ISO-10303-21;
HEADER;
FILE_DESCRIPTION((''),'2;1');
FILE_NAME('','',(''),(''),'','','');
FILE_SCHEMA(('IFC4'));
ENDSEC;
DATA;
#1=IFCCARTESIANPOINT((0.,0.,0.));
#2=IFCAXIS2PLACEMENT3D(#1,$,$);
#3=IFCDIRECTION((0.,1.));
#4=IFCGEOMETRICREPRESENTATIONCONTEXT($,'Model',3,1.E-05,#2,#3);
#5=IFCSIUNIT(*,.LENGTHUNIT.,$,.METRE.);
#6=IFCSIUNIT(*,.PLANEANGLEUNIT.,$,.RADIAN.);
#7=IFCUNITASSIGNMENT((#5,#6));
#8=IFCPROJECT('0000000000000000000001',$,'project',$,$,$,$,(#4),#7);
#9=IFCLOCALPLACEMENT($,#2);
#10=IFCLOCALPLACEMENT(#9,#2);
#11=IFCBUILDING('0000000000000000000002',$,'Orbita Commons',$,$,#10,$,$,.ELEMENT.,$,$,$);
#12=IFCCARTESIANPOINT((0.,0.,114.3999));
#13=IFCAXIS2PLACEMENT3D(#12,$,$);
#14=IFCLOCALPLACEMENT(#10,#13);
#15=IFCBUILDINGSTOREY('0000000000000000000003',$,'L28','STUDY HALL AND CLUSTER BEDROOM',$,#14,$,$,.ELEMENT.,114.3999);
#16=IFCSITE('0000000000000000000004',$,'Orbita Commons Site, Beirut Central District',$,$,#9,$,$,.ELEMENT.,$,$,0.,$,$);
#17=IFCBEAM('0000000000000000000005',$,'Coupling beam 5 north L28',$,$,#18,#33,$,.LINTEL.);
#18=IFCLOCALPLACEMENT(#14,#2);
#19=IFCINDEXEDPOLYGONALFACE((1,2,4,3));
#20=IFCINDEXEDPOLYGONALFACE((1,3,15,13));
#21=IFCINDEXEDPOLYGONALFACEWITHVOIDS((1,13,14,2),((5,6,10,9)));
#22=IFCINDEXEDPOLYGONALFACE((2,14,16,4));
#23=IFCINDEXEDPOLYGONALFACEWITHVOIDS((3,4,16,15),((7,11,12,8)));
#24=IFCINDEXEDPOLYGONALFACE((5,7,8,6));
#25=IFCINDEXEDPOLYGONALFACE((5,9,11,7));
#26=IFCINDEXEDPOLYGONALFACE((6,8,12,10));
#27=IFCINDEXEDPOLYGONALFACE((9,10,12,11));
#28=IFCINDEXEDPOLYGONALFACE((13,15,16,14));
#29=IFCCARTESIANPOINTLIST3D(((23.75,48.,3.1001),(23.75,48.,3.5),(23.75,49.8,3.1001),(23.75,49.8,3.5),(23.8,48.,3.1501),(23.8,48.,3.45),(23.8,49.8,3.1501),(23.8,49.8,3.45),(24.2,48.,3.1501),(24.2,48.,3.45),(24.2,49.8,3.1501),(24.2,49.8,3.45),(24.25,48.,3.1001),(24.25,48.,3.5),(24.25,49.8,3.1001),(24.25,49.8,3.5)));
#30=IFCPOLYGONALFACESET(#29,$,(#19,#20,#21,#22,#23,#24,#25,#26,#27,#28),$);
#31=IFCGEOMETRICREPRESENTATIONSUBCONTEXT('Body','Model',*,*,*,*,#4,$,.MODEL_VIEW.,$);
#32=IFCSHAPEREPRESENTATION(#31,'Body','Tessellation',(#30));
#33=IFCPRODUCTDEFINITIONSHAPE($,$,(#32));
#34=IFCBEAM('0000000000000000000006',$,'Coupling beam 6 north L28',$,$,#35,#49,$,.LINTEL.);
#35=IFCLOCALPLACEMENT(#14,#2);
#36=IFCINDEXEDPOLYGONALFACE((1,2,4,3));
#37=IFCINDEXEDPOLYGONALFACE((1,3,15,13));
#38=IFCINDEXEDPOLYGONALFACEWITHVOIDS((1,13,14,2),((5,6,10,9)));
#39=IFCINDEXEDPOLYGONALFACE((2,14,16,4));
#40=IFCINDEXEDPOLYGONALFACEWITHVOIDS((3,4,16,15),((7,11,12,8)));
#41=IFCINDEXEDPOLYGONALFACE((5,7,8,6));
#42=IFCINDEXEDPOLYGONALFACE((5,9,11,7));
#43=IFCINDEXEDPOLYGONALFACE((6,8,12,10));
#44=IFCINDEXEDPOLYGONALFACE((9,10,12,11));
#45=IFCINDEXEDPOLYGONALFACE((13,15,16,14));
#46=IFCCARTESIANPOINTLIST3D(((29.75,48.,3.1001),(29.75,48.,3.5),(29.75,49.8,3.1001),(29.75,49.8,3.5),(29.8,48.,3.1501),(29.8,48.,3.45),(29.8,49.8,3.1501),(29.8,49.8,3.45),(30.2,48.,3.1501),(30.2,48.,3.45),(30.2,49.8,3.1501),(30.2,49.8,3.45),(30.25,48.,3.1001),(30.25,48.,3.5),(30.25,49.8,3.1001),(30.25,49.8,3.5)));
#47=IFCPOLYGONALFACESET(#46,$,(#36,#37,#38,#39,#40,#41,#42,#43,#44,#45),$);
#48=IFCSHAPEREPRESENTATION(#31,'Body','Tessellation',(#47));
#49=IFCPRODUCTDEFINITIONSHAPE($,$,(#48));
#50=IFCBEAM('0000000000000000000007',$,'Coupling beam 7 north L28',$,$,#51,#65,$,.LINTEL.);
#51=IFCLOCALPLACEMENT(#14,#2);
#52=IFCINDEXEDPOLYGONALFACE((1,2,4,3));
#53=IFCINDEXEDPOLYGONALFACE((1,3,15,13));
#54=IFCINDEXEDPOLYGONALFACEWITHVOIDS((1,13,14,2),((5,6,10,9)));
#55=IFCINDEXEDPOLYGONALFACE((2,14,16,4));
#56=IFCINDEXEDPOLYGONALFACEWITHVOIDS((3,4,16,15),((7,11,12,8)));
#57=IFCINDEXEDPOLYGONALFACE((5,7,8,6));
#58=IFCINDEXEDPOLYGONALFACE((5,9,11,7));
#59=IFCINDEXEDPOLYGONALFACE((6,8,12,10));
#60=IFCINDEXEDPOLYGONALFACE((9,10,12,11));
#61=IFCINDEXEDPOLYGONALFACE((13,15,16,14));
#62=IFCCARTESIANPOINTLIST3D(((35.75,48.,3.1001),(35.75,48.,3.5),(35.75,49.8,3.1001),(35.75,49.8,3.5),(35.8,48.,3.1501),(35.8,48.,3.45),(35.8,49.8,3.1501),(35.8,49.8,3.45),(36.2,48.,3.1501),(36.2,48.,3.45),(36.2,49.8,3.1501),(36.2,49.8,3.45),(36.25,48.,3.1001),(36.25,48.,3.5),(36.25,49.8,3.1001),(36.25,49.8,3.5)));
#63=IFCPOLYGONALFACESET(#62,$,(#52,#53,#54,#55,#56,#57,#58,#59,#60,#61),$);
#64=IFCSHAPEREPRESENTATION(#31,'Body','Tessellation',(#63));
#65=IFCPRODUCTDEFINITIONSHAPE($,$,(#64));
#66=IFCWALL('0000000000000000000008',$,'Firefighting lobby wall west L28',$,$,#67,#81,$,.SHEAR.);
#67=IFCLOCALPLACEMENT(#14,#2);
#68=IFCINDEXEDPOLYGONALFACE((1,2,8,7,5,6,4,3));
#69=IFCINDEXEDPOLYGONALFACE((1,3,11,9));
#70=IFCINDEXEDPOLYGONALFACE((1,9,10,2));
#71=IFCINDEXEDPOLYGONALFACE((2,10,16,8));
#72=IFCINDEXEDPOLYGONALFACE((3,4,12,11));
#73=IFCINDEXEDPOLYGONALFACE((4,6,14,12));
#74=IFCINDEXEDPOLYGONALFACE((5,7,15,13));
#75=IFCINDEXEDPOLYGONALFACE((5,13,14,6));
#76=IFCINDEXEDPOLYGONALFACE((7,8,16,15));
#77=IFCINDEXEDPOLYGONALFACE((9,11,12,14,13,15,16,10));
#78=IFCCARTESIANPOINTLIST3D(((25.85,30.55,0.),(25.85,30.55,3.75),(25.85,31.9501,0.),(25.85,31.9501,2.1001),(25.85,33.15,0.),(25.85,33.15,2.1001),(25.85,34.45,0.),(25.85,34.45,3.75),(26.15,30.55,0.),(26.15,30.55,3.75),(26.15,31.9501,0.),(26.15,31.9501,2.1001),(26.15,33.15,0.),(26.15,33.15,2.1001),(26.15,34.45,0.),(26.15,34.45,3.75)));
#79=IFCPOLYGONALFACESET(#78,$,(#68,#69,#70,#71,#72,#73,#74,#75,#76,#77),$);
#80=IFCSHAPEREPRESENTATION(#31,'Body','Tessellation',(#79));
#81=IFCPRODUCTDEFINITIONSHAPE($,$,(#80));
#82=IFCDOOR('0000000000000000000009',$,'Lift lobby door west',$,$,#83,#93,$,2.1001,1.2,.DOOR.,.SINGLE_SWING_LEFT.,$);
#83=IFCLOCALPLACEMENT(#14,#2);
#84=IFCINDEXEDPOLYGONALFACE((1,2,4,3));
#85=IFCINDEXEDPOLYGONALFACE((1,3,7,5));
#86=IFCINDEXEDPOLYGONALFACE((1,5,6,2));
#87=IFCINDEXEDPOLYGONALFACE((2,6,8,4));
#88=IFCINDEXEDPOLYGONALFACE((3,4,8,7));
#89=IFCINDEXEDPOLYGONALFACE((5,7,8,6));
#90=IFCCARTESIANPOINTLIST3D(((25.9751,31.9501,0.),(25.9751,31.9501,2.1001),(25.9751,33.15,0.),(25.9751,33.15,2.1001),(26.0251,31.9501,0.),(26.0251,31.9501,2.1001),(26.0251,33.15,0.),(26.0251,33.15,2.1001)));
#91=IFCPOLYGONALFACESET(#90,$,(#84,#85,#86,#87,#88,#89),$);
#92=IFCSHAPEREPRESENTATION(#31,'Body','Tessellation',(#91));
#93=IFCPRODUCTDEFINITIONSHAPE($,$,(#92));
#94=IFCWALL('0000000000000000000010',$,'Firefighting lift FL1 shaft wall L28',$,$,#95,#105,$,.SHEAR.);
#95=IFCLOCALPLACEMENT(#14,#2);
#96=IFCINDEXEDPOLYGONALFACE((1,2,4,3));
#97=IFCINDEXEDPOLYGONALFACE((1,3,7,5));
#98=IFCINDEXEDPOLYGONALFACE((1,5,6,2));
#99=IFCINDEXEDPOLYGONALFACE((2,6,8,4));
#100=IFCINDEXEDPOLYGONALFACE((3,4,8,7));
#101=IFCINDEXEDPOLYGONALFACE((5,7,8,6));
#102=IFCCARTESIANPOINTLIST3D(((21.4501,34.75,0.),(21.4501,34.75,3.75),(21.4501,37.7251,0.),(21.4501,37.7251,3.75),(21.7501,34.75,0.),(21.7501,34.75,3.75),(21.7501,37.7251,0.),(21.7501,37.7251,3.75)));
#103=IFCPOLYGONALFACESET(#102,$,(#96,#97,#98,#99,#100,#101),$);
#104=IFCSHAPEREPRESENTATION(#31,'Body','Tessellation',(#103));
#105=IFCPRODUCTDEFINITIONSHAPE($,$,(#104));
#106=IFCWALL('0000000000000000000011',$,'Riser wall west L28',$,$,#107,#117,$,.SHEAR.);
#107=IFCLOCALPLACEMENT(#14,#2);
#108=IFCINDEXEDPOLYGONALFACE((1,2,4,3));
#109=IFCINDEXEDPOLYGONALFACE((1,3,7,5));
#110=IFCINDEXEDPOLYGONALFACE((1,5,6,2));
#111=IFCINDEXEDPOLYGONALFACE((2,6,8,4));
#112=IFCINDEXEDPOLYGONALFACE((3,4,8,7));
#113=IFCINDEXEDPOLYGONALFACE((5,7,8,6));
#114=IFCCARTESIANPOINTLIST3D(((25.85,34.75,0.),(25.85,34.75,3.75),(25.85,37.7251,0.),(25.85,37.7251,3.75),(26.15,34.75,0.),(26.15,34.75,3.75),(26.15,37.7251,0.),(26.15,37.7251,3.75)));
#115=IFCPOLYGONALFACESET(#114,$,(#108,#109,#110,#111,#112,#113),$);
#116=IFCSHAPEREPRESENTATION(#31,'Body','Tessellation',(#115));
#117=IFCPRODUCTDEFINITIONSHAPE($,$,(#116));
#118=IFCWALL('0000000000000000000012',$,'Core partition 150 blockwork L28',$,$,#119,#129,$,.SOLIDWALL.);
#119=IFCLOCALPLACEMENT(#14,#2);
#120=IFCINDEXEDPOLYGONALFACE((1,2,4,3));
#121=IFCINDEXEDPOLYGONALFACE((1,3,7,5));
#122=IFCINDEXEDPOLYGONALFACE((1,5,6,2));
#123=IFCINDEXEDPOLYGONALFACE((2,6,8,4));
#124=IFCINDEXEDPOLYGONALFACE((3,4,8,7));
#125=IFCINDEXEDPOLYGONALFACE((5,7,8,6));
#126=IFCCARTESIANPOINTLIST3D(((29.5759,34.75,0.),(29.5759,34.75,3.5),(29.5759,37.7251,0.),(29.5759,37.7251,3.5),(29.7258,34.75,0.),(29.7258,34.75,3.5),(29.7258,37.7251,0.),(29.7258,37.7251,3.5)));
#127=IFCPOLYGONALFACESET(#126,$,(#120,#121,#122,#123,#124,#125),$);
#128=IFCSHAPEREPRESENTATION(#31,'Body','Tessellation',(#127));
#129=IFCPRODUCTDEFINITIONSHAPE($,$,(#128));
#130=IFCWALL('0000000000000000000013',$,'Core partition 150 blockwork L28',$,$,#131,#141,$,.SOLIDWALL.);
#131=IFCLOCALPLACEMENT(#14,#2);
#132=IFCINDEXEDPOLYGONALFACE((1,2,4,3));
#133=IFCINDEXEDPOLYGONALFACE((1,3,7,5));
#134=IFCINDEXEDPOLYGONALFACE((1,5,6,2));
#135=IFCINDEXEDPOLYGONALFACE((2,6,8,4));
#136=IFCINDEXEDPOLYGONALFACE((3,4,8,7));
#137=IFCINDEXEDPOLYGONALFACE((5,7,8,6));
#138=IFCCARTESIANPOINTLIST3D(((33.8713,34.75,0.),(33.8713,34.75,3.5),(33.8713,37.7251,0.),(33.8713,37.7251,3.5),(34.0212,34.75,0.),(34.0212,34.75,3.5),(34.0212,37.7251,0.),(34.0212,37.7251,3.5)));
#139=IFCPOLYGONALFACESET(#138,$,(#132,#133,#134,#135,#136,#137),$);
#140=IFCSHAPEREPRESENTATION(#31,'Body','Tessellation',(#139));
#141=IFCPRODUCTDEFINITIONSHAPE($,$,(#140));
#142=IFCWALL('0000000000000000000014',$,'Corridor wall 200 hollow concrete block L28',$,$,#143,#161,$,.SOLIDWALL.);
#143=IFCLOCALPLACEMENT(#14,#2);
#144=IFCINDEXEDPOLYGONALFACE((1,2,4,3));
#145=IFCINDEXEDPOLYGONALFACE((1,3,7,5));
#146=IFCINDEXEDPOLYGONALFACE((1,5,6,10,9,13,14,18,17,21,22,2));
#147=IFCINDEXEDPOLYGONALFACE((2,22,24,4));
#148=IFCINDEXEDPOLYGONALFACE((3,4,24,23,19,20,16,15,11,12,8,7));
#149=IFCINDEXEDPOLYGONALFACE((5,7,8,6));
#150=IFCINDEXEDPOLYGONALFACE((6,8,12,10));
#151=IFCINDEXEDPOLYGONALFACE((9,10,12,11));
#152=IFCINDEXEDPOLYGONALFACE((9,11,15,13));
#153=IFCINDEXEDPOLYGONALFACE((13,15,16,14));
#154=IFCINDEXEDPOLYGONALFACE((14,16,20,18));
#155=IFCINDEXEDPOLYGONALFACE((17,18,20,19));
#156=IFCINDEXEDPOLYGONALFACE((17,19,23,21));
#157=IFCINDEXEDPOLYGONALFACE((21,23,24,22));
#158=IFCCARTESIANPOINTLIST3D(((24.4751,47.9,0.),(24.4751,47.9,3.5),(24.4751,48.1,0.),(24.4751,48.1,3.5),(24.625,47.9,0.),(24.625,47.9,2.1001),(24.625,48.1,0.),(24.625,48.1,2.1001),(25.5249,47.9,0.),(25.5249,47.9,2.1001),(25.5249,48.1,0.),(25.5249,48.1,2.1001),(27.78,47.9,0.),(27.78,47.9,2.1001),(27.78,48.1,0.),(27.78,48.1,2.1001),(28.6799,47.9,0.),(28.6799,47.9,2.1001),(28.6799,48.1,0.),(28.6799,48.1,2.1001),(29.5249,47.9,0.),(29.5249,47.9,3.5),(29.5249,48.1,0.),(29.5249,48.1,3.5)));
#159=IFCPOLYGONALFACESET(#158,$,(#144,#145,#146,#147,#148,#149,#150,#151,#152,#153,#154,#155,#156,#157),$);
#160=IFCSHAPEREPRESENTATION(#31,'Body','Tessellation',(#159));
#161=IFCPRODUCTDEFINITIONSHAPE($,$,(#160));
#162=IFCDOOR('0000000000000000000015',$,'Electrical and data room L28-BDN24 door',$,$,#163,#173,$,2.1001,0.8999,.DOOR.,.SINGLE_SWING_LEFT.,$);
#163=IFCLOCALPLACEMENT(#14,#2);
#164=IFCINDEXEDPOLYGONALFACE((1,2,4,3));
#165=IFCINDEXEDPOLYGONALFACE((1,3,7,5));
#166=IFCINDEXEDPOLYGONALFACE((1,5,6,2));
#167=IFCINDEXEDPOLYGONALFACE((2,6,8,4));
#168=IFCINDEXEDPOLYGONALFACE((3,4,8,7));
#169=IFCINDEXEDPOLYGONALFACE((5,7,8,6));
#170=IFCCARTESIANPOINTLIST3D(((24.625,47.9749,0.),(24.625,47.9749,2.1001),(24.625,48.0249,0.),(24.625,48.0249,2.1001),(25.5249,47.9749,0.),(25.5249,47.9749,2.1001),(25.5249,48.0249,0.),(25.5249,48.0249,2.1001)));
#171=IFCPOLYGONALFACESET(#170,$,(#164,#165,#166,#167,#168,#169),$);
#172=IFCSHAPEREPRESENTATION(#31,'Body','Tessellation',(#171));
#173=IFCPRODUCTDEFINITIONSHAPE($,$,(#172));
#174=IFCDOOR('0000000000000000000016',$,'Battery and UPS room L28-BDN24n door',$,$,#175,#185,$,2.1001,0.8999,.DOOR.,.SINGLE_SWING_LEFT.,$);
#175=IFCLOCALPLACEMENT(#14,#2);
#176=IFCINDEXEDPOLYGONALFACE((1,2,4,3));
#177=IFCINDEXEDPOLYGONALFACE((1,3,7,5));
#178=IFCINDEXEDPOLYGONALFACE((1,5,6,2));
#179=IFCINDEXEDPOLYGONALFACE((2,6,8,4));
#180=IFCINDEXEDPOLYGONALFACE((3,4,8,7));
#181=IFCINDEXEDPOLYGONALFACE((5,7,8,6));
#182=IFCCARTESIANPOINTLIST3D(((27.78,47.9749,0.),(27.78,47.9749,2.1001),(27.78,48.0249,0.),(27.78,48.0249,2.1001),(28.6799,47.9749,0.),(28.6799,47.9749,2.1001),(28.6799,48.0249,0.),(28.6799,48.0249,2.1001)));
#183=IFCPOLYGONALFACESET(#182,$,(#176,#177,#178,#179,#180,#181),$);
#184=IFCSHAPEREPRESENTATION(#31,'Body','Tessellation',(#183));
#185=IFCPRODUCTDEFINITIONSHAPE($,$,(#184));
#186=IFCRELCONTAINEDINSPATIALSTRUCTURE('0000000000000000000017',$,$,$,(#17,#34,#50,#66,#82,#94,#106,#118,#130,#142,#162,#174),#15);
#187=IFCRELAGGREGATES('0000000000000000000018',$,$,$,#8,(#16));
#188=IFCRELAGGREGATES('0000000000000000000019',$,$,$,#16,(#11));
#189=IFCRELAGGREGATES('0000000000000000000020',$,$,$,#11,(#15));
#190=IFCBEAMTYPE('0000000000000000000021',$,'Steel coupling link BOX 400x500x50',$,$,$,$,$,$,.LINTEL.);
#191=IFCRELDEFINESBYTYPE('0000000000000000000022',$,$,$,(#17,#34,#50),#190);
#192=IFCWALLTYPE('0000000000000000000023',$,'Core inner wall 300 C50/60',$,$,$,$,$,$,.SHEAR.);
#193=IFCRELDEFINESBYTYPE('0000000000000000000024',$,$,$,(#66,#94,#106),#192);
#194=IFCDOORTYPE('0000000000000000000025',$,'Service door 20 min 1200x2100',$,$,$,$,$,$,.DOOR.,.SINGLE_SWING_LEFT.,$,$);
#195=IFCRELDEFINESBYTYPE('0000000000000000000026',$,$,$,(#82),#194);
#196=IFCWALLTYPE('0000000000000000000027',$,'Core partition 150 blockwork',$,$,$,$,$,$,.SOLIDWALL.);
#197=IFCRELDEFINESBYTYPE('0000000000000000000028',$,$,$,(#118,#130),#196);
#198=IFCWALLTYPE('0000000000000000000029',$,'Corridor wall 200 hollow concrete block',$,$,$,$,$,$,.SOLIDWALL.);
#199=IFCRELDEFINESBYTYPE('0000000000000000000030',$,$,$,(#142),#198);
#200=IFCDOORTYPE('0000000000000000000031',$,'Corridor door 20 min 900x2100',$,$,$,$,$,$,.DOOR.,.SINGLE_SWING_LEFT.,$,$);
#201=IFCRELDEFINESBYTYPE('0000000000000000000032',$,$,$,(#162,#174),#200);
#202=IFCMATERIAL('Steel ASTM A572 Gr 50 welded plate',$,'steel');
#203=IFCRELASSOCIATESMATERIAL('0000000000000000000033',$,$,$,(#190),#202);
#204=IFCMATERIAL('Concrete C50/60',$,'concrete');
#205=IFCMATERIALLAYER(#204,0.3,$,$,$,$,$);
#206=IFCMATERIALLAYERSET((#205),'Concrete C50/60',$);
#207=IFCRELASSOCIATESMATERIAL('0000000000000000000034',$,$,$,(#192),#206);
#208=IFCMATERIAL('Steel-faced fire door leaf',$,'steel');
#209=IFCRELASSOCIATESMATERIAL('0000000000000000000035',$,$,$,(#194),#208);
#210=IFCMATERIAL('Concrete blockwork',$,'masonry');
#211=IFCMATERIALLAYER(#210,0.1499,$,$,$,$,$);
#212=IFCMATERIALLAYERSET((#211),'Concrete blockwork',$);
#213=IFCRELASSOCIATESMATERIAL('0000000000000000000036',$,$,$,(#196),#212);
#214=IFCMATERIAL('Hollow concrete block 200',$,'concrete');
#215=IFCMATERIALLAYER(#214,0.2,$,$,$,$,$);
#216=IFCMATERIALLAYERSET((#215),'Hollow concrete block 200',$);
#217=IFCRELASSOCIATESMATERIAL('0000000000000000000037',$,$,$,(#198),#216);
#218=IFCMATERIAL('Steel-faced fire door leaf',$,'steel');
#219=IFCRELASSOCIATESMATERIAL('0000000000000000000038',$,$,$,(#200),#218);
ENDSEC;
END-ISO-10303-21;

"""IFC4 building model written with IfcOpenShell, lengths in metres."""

from ifc_helpers import new_model, si_unit, direction, frame, frame_2d, origin, origin_2d, place, context, subcontext, project, spatial, rectangle, hollow_rectangle, extrude, material, layer, layer_set, material_profile, profile_set, type_object, element, fill, save


model = new_model("IFC4")

# Units and contexts
model_context = context("Model", 3, precision=1e-05, world=origin(), true_north=direction((0.0, 1.0)))
body_context = subcontext(model_context, "Body", "Model", "MODEL_VIEW")
ifc_project = project(units=[si_unit("LENGTHUNIT", "METRE"), si_unit("PLANEANGLEUNIT", "RADIAN")], contexts=[model_context])

# Site, building, storey
site_placement = place(None, origin())
site = spatial("IfcSite", under=ifc_project, at=site_placement, Name="Orbita Commons Site, Beirut Central District", CompositionType="ELEMENT", RefElevation=0.0)
building_placement = place(site_placement, origin())
building = spatial("IfcBuilding", under=site, at=building_placement, Name="Orbita Commons", CompositionType="ELEMENT")
storey_placement = place(building_placement, frame((0.0, 0.0, 114.3999)))
storey = spatial("IfcBuildingStorey", under=building, at=storey_placement, Name="L28", Description="STUDY HALL AND CLUSTER BEDROOM", CompositionType="ELEMENT", Elevation=114.3999)

# Beams
ifc_material_1 = material(Name="Steel ASTM A572 Gr 50 welded plate", Category="steel")
ifc_material_profile = material_profile(ifc_material_1, hollow_rectangle(XDim=0.5, YDim=0.3999, WallThickness=0.05, at=origin_2d()), Name="BOX 400x500x50")
ifc_profile_set = profile_set([ifc_material_profile], Name="Steel ASTM A572 Gr 50 welded plate")
beam_type = type_object("IfcBeamType", Name="Steel coupling link BOX 400x500x50", PredefinedType="LINTEL", material=ifc_profile_set)
for number, where, z_axis, x_axis, name in (
    (1, (24.0, 48.0, 3.3), (0.0, 1.0, 0.0), (-1.0, 0.0, 0.0), "Coupling beam 5 north L28"),
    (2, (30.0, 48.0, 3.3), (0.0, 1.0, 0.0), (-1.0, 0.0, 0.0), "Coupling beam 6 north L28"),
    (3, (36.0, 48.0, 3.3), (0.0, 1.0, 0.0), (-1.0, 0.0, 0.0), "Coupling beam 7 north L28"),
):
    element("IfcBeam", number, at=place(storey_placement, frame(where, z_axis=z_axis, x_axis=x_axis)), inside=storey, type_object=beam_type, Name=name, PredefinedType="LINTEL", context=body_context, shape_type="SweptSolid", body=[
        extrude(hollow_rectangle(XDim=0.5, YDim=0.3999, WallThickness=0.05, at=origin_2d()), origin(), (0.0, 0.0, 1.0), 1.8),
    ])

# Wall, opening, door
ifc_material_2 = material(Name="Concrete C50/60", Category="concrete")
ifc_layer_1 = layer(ifc_material_2, 0.3)
ifc_layer_set_1 = layer_set([ifc_layer_1], Name="Concrete C50/60")
wall_type_1 = type_object("IfcWallType", Name="Core inner wall 300 C50/60", PredefinedType="SHEAR", material=ifc_layer_set_1)
wall_1_placement = place(storey_placement, frame((26.0, 30.55, 0.0), z_axis=(0.0, 0.0, 1.0), x_axis=(0.0, 1.0, 0.0)))
wall_1 = element("IfcWall", 4, at=wall_1_placement, inside=storey, type_object=wall_type_1, Name="Firefighting lobby wall west L28", PredefinedType="SHEAR", context=body_context, shape_type="SweptSolid", body=[
    extrude(rectangle(XDim=3.8999, YDim=0.3, at=frame_2d((1.95, 0.0))), origin(), (0.0, 0.0, 1.0), 3.75),
])
opening_1_placement = place(wall_1_placement, frame((1.3999, 0.0, 0.0)))
opening_1 = element("IfcOpeningElement", 5, at=opening_1_placement, cuts=wall_1, PredefinedType="OPENING", context=body_context, shape_type="SweptSolid", body=[
    extrude(rectangle(XDim=1.2, YDim=2.1001, at=frame_2d((0.6001, 1.05))), frame((0.0, 0.1599, 0.0), z_axis=(0.0, -1.0, 0.0), x_axis=(1.0, 0.0, 0.0)), (0.0, 0.0, 1.0), 0.3201),
])
ifc_material_3 = material(Name="Steel-faced fire door leaf", Category="steel")
door_type_1 = type_object("IfcDoorType", Name="Service door 20 min 1200x2100", OperationType="SINGLE_SWING_LEFT", PredefinedType="DOOR", material=ifc_material_3)
door_1_placement = place(opening_1_placement, origin())
door_1 = element("IfcDoor", 6, at=door_1_placement, inside=storey, type_object=door_type_1, Name="Lift lobby door west", OperationType="SINGLE_SWING_LEFT", OverallHeight=2.1001, OverallWidth=1.2, PredefinedType="DOOR", context=body_context, shape_type="SweptSolid", body=[
    extrude(rectangle(XDim=1.2, YDim=2.1001, at=frame_2d((0.6001, 1.05))), frame((0.0, 0.0249, 0.0), z_axis=(0.0, -1.0, 0.0), x_axis=(1.0, 0.0, 0.0)), (0.0, 0.0, 1.0), 0.05),
])
fill(opening_1, door_1)

# Walls
for number, where, z_axis, x_axis, name in (
    (7, (21.6001, 34.75, 0.0), (0.0, 0.0, 1.0), (0.0, 1.0, 0.0), "Firefighting lift FL1 shaft wall L28"),
    (8, (26.0, 34.75, 0.0), (0.0, 0.0, 1.0), (0.0, 1.0, 0.0), "Riser wall west L28"),
):
    element("IfcWall", number, at=place(storey_placement, frame(where, z_axis=z_axis, x_axis=x_axis)), inside=storey, type_object=wall_type_1, Name=name, PredefinedType="SHEAR", context=body_context, shape_type="SweptSolid", body=[
        extrude(rectangle(XDim=2.9751, YDim=0.3, at=frame_2d((1.4875, 0.0))), origin(), (0.0, 0.0, 1.0), 3.75),
    ])
ifc_material_4 = material(Name="Concrete blockwork", Category="masonry")
ifc_layer_2 = layer(ifc_material_4, 0.1499)
ifc_layer_set_2 = layer_set([ifc_layer_2], Name="Concrete blockwork")
wall_type_2 = type_object("IfcWallType", Name="Core partition 150 blockwork", PredefinedType="SOLIDWALL", material=ifc_layer_set_2)
for number, where, z_axis, x_axis, name in (
    (9, (29.6509, 34.75, 0.0), (0.0, 0.0, 1.0), (0.0, 1.0, 0.0), "Core partition 150 blockwork L28"),
    (10, (33.9463, 34.75, 0.0), (0.0, 0.0, 1.0), (0.0, 1.0, 0.0), "Core partition 150 blockwork L28"),
):
    element("IfcWall", number, at=place(storey_placement, frame(where, z_axis=z_axis, x_axis=x_axis)), inside=storey, type_object=wall_type_2, Name=name, PredefinedType="SOLIDWALL", context=body_context, shape_type="SweptSolid", body=[
        extrude(rectangle(XDim=2.9751, YDim=0.1499, at=frame_2d((1.4875, 0.0))), origin(), (0.0, 0.0, 1.0), 3.5),
    ])

# Wall, openings, doors
ifc_material_5 = material(Name="Hollow concrete block 200", Category="concrete")
ifc_layer_3 = layer(ifc_material_5, 0.2)
ifc_layer_set_3 = layer_set([ifc_layer_3], Name="Hollow concrete block 200")
wall_type_3 = type_object("IfcWallType", Name="Corridor wall 200 hollow concrete block", PredefinedType="SOLIDWALL", material=ifc_layer_set_3)
wall_2_placement = place(storey_placement, frame((24.4751, 48.0, 0.0), z_axis=(0.0, 0.0, 1.0), x_axis=(1.0, 0.0, 0.0)))
wall_2 = element("IfcWall", 11, at=wall_2_placement, inside=storey, type_object=wall_type_3, Name="Corridor wall 200 hollow concrete block L28", PredefinedType="SOLIDWALL", context=body_context, shape_type="SweptSolid", body=[
    extrude(rectangle(XDim=5.0498, YDim=0.2, at=frame_2d((2.5249, 0.0))), origin(), (0.0, 0.0, 1.0), 3.5),
])
opening_2_placement = place(wall_2_placement, frame((0.1499, 0.0, 0.0)))
opening_2 = element("IfcOpeningElement", 12, at=opening_2_placement, cuts=wall_2, PredefinedType="OPENING", context=body_context, shape_type="SweptSolid", body=[
    extrude(rectangle(XDim=0.8999, YDim=2.1001, at=frame_2d((0.45, 1.05))), frame((0.0, 0.1099, 0.0), z_axis=(0.0, -1.0, 0.0), x_axis=(1.0, 0.0, 0.0)), (0.0, 0.0, 1.0), 0.22),
])
opening_3_placement = place(wall_2_placement, frame((3.3049, 0.0, 0.0)))
opening_3 = element("IfcOpeningElement", 13, at=opening_3_placement, cuts=wall_2, PredefinedType="OPENING", context=body_context, shape_type="SweptSolid", body=[
    extrude(rectangle(XDim=0.8999, YDim=2.1001, at=frame_2d((0.45, 1.05))), frame((0.0, 0.1099, 0.0), z_axis=(0.0, -1.0, 0.0), x_axis=(1.0, 0.0, 0.0)), (0.0, 0.0, 1.0), 0.22),
])
ifc_material_6 = material(Name="Steel-faced fire door leaf", Category="steel")
door_type_2 = type_object("IfcDoorType", Name="Corridor door 20 min 900x2100", OperationType="SINGLE_SWING_LEFT", PredefinedType="DOOR", material=ifc_material_6)
door_2_placement = place(opening_2_placement, origin())
door_2 = element("IfcDoor", 14, at=door_2_placement, inside=storey, type_object=door_type_2, Name="Electrical and data room L28-BDN24 door", OperationType="SINGLE_SWING_LEFT", OverallHeight=2.1001, OverallWidth=0.8999, PredefinedType="DOOR", context=body_context, shape_type="SweptSolid", body=[
    extrude(rectangle(XDim=0.8999, YDim=2.1001, at=frame_2d((0.45, 1.05))), frame((0.0, 0.0249, 0.0), z_axis=(0.0, -1.0, 0.0), x_axis=(1.0, 0.0, 0.0)), (0.0, 0.0, 1.0), 0.05),
])
fill(opening_2, door_2)
door_3_placement = place(opening_3_placement, origin())
door_3 = element("IfcDoor", 15, at=door_3_placement, inside=storey, type_object=door_type_2, Name="Battery and UPS room L28-BDN24n door", OperationType="SINGLE_SWING_LEFT", OverallHeight=2.1001, OverallWidth=0.8999, PredefinedType="DOOR", context=body_context, shape_type="SweptSolid", body=[
    extrude(rectangle(XDim=0.8999, YDim=2.1001, at=frame_2d((0.45, 1.05))), frame((0.0, 0.0249, 0.0), z_axis=(0.0, -1.0, 0.0), x_axis=(1.0, 0.0, 0.0)), (0.0, 0.0, 1.0), 0.05),
])
fill(opening_3, door_3)

save(model, "model.ifc")
